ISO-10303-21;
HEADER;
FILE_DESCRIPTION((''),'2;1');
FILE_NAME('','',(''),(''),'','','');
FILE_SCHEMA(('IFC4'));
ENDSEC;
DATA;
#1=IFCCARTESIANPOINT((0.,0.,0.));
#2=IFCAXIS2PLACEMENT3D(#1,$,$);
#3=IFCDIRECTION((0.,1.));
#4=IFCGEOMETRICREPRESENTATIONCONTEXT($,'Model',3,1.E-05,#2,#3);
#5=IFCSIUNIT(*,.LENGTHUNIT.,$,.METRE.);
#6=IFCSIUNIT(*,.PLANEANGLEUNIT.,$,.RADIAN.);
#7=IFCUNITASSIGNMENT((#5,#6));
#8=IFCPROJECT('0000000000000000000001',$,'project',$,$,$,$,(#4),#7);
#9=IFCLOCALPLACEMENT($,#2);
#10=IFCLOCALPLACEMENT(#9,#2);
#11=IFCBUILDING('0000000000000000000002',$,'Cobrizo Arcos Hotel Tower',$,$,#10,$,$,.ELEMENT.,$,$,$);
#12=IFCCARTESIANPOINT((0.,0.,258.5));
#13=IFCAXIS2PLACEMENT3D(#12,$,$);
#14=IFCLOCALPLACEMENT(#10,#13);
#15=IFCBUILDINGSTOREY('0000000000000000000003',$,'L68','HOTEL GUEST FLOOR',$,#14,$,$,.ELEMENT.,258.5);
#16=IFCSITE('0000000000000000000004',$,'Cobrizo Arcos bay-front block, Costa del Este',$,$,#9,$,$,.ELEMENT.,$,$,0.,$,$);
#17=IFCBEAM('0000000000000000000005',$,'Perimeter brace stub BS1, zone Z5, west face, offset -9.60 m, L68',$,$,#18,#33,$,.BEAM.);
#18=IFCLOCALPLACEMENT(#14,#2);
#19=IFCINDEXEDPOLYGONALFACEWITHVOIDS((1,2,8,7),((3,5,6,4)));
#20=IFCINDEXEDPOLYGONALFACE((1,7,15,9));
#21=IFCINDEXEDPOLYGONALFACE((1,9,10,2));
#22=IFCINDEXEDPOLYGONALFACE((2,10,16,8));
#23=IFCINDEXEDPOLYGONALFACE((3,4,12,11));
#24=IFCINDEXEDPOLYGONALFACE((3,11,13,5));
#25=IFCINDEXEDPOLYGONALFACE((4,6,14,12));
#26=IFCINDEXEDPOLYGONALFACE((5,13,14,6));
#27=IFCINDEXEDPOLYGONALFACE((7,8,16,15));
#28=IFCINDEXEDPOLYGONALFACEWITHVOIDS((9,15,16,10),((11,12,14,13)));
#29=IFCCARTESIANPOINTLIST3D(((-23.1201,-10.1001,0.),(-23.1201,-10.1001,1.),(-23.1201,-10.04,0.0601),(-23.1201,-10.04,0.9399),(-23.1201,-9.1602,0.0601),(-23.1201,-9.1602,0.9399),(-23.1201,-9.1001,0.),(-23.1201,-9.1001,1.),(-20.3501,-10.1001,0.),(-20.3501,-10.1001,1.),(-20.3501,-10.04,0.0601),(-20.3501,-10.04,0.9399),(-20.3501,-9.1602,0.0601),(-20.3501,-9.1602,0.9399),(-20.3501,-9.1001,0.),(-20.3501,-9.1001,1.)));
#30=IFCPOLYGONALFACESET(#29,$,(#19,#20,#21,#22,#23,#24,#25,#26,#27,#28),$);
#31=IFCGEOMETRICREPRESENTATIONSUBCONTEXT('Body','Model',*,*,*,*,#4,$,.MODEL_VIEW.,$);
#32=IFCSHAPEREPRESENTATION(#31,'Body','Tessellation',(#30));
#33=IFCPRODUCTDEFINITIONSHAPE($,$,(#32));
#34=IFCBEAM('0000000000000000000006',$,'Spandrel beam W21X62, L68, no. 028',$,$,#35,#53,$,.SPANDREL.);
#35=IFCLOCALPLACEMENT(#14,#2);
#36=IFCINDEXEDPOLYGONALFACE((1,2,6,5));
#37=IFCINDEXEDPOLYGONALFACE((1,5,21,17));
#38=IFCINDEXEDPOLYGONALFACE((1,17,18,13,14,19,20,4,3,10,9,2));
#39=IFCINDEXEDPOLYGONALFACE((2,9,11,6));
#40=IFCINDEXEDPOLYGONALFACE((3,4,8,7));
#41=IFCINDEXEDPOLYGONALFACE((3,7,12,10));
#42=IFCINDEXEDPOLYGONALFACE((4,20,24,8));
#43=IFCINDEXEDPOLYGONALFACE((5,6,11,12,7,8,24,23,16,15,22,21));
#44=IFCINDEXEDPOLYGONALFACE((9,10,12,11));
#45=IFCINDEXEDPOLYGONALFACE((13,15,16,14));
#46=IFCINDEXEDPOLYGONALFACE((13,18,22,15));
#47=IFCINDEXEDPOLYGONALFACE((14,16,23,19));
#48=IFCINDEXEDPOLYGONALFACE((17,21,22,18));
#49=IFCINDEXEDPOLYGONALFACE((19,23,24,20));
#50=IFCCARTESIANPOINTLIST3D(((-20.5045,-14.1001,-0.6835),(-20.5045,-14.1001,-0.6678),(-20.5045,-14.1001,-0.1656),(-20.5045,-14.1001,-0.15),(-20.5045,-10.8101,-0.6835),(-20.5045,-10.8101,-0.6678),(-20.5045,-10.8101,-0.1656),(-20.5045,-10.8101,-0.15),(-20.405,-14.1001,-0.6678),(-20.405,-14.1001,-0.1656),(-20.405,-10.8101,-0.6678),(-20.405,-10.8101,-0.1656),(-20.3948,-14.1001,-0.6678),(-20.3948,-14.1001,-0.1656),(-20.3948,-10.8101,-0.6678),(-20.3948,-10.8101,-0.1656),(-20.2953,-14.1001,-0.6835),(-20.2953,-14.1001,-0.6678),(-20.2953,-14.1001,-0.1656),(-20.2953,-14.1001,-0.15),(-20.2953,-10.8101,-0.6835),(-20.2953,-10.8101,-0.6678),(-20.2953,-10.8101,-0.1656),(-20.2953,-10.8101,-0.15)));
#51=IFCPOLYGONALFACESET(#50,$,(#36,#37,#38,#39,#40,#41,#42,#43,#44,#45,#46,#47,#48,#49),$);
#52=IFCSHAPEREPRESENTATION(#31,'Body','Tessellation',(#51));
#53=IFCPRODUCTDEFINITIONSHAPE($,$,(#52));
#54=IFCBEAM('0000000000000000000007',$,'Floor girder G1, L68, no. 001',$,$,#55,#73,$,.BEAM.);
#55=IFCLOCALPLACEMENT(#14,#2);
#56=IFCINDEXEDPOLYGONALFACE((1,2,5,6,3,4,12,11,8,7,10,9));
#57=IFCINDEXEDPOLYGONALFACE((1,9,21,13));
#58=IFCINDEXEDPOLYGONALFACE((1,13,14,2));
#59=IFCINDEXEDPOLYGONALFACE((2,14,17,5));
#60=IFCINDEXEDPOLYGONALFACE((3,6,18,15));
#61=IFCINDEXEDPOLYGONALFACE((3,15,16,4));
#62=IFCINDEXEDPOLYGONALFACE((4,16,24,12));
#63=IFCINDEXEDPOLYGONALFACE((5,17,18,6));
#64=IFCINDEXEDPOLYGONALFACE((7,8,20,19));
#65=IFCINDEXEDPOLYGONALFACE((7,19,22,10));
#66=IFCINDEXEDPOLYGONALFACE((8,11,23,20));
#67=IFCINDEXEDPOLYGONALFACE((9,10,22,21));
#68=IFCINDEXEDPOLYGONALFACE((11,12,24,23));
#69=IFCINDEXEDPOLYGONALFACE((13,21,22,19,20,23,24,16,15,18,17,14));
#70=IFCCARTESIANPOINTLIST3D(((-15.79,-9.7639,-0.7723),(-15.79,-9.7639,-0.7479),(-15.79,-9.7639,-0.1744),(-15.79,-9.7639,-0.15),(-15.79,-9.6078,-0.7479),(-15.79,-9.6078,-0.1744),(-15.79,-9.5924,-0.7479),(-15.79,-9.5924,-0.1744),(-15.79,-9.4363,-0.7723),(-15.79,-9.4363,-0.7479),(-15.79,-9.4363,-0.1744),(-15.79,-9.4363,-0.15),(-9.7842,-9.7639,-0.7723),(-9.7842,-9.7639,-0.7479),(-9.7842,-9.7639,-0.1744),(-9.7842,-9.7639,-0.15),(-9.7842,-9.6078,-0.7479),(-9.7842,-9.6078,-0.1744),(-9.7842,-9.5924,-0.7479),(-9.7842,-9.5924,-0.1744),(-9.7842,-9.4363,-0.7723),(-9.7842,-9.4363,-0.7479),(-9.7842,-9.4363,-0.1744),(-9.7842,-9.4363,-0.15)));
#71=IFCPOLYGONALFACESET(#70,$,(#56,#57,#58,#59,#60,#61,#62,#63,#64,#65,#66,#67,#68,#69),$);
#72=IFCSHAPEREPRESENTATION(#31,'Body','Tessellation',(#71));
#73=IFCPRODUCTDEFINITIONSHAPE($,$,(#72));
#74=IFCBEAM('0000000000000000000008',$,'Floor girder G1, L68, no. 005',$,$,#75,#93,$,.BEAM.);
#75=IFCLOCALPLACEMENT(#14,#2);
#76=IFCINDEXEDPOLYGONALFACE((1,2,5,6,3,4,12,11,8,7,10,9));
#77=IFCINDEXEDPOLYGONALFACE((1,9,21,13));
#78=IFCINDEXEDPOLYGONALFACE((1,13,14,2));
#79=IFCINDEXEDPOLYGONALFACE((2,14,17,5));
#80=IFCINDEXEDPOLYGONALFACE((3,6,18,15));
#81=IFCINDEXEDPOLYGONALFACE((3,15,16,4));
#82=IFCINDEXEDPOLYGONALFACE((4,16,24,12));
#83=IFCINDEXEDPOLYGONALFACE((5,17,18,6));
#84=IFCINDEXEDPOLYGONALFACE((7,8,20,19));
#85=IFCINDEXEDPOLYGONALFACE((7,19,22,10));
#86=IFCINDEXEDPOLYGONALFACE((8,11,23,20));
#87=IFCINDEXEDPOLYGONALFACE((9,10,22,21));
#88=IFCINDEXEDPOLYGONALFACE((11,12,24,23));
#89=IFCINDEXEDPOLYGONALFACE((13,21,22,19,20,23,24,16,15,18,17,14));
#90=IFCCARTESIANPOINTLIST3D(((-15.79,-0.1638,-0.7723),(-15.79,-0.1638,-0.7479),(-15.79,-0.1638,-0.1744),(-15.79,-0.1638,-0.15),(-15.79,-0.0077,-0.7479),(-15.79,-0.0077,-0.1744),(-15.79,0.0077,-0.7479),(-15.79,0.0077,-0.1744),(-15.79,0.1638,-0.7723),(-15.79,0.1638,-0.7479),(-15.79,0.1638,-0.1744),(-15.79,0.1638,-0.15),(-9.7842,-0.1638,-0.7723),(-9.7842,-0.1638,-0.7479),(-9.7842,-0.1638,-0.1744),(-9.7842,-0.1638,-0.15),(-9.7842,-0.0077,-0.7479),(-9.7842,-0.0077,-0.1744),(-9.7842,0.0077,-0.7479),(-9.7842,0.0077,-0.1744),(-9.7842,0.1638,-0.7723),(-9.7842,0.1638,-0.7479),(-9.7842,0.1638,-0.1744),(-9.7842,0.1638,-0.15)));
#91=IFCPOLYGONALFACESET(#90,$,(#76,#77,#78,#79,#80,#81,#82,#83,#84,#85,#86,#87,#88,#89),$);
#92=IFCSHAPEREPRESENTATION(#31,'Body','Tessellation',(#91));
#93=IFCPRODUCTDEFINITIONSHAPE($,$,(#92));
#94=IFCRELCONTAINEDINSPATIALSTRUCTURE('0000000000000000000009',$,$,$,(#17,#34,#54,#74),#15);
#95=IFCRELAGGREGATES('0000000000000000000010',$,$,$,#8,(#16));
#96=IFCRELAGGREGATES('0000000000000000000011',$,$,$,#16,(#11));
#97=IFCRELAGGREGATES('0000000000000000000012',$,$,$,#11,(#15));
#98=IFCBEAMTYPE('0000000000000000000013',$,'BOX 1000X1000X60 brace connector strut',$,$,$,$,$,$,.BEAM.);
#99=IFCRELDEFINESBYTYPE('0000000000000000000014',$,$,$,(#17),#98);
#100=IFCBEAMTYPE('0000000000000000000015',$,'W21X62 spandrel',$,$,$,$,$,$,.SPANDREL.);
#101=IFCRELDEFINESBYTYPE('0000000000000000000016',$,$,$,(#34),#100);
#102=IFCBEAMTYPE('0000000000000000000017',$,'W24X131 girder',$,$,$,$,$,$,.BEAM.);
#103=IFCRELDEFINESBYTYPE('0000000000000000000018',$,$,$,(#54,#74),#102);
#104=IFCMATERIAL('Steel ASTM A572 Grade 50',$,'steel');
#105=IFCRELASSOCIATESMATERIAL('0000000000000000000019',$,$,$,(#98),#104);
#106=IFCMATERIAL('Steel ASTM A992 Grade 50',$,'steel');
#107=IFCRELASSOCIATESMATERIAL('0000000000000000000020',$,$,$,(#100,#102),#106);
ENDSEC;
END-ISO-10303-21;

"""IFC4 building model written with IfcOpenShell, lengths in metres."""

from ifc_helpers import new_model, si_unit, direction, frame, origin, origin_2d, place, context, subcontext, project, spatial, hollow_rectangle, i_section, extrude, material, material_profile, profile_set, type_object, element, save


model = new_model("IFC4")

# Units and contexts
model_context = context("Model", 3, precision=1e-05, world=origin(), true_north=direction((0.0, 1.0)))
body_context = subcontext(model_context, "Body", "Model", "MODEL_VIEW")
ifc_project = project(units=[si_unit("LENGTHUNIT", "METRE"), si_unit("PLANEANGLEUNIT", "RADIAN")], contexts=[model_context])

# Site, building, storey
site_placement = place(None, origin())
site = spatial("IfcSite", under=ifc_project, at=site_placement, Name="Cobrizo Arcos bay-front block, Costa del Este", CompositionType="ELEMENT", RefElevation=0.0)
building_placement = place(site_placement, origin())
building = spatial("IfcBuilding", under=site, at=building_placement, Name="Cobrizo Arcos Hotel Tower", CompositionType="ELEMENT")
storey_placement = place(building_placement, frame((0.0, 0.0, 258.5)))
storey = spatial("IfcBuildingStorey", under=building, at=storey_placement, Name="L68", Description="HOTEL GUEST FLOOR", CompositionType="ELEMENT", Elevation=258.5)

# Beams
ifc_material_1 = material(Name="Steel ASTM A572 Grade 50", Category="steel")
ifc_material_profile_1 = material_profile(ifc_material_1, hollow_rectangle(XDim=1.0, YDim=1.0, WallThickness=0.0601, at=origin_2d()), Name="BOX 1000X1000X60")
ifc_profile_set_1 = profile_set([ifc_material_profile_1], Name="Steel ASTM A572 Grade 50")
beam_type_1 = type_object("IfcBeamType", Name="BOX 1000X1000X60 brace connector strut", PredefinedType="BEAM", material=ifc_profile_set_1)
beam_1_placement = place(storey_placement, frame((-20.3501, -9.6001, 0.5), z_axis=(-1.0, 0.0, 0.0), x_axis=(0.0, -1.0, 0.0)))
element("IfcBeam", 1, at=beam_1_placement, inside=storey, type_object=beam_type_1, Name="Perimeter brace stub BS1, zone Z5, west face, offset -9.60 m, L68", PredefinedType="BEAM", context=body_context, shape_type="SweptSolid", body=[
    extrude(hollow_rectangle(XDim=1.0, YDim=1.0, WallThickness=0.0601, at=origin_2d()), origin(), (0.0, 0.0, 1.0), 2.77),
])
ifc_material_2 = material(Name="Steel ASTM A992 Grade 50", Category="steel")
ifc_material_profile_2 = material_profile(ifc_material_2, i_section(OverallWidth=0.2092, OverallDepth=0.5334, WebThickness=0.0103, FlangeThickness=0.0156, at=origin_2d()), Name="W21X62")
ifc_profile_set_2 = profile_set([ifc_material_profile_2], Name="Steel ASTM A992 Grade 50")
beam_type_2 = type_object("IfcBeamType", Name="W21X62 spandrel", PredefinedType="SPANDREL", material=ifc_profile_set_2)
beam_2_placement = place(storey_placement, frame((-20.3999, -10.8101, -0.4167), z_axis=(0.0, -1.0, 0.0), x_axis=(1.0, 0.0, 0.0)))
element("IfcBeam", 2, at=beam_2_placement, inside=storey, type_object=beam_type_2, Name="Spandrel beam W21X62, L68, no. 028", PredefinedType="SPANDREL", context=body_context, shape_type="SweptSolid", body=[
    extrude(i_section(OverallWidth=0.2092, OverallDepth=0.5334, WebThickness=0.0103, FlangeThickness=0.0156, at=origin_2d()), origin(), (0.0, 0.0, 1.0), 3.29),
])
ifc_material_profile_3 = material_profile(ifc_material_2, i_section(OverallWidth=0.3276, OverallDepth=0.6223, WebThickness=0.0154, FlangeThickness=0.0244, at=origin_2d()), Name="W24X131")
ifc_profile_set_3 = profile_set([ifc_material_profile_3], Name="Steel ASTM A992 Grade 50")
beam_type_3 = type_object("IfcBeamType", Name="W24X131 girder", PredefinedType="BEAM", material=ifc_profile_set_3)
for number, where, z_axis, x_axis, name in (
    (3, (-15.79, -9.6001, -0.4612), (1.0, 0.0, 0.0), (0.0, 1.0, 0.0), "Floor girder G1, L68, no. 001"),
    (4, (-15.79, 0.0, -0.4612), (1.0, 0.0, 0.0), (0.0, 1.0, 0.0), "Floor girder G1, L68, no. 005"),
):
    element("IfcBeam", number, at=place(storey_placement, frame(where, z_axis=z_axis, x_axis=x_axis)), inside=storey, type_object=beam_type_3, Name=name, PredefinedType="BEAM", context=body_context, shape_type="SweptSolid", body=[
        extrude(i_section(OverallWidth=0.3276, OverallDepth=0.6223, WebThickness=0.0154, FlangeThickness=0.0244, at=origin_2d()), origin(), (0.0, 0.0, 1.0), 6.0059),
    ])

save(model, "model.ifc")
